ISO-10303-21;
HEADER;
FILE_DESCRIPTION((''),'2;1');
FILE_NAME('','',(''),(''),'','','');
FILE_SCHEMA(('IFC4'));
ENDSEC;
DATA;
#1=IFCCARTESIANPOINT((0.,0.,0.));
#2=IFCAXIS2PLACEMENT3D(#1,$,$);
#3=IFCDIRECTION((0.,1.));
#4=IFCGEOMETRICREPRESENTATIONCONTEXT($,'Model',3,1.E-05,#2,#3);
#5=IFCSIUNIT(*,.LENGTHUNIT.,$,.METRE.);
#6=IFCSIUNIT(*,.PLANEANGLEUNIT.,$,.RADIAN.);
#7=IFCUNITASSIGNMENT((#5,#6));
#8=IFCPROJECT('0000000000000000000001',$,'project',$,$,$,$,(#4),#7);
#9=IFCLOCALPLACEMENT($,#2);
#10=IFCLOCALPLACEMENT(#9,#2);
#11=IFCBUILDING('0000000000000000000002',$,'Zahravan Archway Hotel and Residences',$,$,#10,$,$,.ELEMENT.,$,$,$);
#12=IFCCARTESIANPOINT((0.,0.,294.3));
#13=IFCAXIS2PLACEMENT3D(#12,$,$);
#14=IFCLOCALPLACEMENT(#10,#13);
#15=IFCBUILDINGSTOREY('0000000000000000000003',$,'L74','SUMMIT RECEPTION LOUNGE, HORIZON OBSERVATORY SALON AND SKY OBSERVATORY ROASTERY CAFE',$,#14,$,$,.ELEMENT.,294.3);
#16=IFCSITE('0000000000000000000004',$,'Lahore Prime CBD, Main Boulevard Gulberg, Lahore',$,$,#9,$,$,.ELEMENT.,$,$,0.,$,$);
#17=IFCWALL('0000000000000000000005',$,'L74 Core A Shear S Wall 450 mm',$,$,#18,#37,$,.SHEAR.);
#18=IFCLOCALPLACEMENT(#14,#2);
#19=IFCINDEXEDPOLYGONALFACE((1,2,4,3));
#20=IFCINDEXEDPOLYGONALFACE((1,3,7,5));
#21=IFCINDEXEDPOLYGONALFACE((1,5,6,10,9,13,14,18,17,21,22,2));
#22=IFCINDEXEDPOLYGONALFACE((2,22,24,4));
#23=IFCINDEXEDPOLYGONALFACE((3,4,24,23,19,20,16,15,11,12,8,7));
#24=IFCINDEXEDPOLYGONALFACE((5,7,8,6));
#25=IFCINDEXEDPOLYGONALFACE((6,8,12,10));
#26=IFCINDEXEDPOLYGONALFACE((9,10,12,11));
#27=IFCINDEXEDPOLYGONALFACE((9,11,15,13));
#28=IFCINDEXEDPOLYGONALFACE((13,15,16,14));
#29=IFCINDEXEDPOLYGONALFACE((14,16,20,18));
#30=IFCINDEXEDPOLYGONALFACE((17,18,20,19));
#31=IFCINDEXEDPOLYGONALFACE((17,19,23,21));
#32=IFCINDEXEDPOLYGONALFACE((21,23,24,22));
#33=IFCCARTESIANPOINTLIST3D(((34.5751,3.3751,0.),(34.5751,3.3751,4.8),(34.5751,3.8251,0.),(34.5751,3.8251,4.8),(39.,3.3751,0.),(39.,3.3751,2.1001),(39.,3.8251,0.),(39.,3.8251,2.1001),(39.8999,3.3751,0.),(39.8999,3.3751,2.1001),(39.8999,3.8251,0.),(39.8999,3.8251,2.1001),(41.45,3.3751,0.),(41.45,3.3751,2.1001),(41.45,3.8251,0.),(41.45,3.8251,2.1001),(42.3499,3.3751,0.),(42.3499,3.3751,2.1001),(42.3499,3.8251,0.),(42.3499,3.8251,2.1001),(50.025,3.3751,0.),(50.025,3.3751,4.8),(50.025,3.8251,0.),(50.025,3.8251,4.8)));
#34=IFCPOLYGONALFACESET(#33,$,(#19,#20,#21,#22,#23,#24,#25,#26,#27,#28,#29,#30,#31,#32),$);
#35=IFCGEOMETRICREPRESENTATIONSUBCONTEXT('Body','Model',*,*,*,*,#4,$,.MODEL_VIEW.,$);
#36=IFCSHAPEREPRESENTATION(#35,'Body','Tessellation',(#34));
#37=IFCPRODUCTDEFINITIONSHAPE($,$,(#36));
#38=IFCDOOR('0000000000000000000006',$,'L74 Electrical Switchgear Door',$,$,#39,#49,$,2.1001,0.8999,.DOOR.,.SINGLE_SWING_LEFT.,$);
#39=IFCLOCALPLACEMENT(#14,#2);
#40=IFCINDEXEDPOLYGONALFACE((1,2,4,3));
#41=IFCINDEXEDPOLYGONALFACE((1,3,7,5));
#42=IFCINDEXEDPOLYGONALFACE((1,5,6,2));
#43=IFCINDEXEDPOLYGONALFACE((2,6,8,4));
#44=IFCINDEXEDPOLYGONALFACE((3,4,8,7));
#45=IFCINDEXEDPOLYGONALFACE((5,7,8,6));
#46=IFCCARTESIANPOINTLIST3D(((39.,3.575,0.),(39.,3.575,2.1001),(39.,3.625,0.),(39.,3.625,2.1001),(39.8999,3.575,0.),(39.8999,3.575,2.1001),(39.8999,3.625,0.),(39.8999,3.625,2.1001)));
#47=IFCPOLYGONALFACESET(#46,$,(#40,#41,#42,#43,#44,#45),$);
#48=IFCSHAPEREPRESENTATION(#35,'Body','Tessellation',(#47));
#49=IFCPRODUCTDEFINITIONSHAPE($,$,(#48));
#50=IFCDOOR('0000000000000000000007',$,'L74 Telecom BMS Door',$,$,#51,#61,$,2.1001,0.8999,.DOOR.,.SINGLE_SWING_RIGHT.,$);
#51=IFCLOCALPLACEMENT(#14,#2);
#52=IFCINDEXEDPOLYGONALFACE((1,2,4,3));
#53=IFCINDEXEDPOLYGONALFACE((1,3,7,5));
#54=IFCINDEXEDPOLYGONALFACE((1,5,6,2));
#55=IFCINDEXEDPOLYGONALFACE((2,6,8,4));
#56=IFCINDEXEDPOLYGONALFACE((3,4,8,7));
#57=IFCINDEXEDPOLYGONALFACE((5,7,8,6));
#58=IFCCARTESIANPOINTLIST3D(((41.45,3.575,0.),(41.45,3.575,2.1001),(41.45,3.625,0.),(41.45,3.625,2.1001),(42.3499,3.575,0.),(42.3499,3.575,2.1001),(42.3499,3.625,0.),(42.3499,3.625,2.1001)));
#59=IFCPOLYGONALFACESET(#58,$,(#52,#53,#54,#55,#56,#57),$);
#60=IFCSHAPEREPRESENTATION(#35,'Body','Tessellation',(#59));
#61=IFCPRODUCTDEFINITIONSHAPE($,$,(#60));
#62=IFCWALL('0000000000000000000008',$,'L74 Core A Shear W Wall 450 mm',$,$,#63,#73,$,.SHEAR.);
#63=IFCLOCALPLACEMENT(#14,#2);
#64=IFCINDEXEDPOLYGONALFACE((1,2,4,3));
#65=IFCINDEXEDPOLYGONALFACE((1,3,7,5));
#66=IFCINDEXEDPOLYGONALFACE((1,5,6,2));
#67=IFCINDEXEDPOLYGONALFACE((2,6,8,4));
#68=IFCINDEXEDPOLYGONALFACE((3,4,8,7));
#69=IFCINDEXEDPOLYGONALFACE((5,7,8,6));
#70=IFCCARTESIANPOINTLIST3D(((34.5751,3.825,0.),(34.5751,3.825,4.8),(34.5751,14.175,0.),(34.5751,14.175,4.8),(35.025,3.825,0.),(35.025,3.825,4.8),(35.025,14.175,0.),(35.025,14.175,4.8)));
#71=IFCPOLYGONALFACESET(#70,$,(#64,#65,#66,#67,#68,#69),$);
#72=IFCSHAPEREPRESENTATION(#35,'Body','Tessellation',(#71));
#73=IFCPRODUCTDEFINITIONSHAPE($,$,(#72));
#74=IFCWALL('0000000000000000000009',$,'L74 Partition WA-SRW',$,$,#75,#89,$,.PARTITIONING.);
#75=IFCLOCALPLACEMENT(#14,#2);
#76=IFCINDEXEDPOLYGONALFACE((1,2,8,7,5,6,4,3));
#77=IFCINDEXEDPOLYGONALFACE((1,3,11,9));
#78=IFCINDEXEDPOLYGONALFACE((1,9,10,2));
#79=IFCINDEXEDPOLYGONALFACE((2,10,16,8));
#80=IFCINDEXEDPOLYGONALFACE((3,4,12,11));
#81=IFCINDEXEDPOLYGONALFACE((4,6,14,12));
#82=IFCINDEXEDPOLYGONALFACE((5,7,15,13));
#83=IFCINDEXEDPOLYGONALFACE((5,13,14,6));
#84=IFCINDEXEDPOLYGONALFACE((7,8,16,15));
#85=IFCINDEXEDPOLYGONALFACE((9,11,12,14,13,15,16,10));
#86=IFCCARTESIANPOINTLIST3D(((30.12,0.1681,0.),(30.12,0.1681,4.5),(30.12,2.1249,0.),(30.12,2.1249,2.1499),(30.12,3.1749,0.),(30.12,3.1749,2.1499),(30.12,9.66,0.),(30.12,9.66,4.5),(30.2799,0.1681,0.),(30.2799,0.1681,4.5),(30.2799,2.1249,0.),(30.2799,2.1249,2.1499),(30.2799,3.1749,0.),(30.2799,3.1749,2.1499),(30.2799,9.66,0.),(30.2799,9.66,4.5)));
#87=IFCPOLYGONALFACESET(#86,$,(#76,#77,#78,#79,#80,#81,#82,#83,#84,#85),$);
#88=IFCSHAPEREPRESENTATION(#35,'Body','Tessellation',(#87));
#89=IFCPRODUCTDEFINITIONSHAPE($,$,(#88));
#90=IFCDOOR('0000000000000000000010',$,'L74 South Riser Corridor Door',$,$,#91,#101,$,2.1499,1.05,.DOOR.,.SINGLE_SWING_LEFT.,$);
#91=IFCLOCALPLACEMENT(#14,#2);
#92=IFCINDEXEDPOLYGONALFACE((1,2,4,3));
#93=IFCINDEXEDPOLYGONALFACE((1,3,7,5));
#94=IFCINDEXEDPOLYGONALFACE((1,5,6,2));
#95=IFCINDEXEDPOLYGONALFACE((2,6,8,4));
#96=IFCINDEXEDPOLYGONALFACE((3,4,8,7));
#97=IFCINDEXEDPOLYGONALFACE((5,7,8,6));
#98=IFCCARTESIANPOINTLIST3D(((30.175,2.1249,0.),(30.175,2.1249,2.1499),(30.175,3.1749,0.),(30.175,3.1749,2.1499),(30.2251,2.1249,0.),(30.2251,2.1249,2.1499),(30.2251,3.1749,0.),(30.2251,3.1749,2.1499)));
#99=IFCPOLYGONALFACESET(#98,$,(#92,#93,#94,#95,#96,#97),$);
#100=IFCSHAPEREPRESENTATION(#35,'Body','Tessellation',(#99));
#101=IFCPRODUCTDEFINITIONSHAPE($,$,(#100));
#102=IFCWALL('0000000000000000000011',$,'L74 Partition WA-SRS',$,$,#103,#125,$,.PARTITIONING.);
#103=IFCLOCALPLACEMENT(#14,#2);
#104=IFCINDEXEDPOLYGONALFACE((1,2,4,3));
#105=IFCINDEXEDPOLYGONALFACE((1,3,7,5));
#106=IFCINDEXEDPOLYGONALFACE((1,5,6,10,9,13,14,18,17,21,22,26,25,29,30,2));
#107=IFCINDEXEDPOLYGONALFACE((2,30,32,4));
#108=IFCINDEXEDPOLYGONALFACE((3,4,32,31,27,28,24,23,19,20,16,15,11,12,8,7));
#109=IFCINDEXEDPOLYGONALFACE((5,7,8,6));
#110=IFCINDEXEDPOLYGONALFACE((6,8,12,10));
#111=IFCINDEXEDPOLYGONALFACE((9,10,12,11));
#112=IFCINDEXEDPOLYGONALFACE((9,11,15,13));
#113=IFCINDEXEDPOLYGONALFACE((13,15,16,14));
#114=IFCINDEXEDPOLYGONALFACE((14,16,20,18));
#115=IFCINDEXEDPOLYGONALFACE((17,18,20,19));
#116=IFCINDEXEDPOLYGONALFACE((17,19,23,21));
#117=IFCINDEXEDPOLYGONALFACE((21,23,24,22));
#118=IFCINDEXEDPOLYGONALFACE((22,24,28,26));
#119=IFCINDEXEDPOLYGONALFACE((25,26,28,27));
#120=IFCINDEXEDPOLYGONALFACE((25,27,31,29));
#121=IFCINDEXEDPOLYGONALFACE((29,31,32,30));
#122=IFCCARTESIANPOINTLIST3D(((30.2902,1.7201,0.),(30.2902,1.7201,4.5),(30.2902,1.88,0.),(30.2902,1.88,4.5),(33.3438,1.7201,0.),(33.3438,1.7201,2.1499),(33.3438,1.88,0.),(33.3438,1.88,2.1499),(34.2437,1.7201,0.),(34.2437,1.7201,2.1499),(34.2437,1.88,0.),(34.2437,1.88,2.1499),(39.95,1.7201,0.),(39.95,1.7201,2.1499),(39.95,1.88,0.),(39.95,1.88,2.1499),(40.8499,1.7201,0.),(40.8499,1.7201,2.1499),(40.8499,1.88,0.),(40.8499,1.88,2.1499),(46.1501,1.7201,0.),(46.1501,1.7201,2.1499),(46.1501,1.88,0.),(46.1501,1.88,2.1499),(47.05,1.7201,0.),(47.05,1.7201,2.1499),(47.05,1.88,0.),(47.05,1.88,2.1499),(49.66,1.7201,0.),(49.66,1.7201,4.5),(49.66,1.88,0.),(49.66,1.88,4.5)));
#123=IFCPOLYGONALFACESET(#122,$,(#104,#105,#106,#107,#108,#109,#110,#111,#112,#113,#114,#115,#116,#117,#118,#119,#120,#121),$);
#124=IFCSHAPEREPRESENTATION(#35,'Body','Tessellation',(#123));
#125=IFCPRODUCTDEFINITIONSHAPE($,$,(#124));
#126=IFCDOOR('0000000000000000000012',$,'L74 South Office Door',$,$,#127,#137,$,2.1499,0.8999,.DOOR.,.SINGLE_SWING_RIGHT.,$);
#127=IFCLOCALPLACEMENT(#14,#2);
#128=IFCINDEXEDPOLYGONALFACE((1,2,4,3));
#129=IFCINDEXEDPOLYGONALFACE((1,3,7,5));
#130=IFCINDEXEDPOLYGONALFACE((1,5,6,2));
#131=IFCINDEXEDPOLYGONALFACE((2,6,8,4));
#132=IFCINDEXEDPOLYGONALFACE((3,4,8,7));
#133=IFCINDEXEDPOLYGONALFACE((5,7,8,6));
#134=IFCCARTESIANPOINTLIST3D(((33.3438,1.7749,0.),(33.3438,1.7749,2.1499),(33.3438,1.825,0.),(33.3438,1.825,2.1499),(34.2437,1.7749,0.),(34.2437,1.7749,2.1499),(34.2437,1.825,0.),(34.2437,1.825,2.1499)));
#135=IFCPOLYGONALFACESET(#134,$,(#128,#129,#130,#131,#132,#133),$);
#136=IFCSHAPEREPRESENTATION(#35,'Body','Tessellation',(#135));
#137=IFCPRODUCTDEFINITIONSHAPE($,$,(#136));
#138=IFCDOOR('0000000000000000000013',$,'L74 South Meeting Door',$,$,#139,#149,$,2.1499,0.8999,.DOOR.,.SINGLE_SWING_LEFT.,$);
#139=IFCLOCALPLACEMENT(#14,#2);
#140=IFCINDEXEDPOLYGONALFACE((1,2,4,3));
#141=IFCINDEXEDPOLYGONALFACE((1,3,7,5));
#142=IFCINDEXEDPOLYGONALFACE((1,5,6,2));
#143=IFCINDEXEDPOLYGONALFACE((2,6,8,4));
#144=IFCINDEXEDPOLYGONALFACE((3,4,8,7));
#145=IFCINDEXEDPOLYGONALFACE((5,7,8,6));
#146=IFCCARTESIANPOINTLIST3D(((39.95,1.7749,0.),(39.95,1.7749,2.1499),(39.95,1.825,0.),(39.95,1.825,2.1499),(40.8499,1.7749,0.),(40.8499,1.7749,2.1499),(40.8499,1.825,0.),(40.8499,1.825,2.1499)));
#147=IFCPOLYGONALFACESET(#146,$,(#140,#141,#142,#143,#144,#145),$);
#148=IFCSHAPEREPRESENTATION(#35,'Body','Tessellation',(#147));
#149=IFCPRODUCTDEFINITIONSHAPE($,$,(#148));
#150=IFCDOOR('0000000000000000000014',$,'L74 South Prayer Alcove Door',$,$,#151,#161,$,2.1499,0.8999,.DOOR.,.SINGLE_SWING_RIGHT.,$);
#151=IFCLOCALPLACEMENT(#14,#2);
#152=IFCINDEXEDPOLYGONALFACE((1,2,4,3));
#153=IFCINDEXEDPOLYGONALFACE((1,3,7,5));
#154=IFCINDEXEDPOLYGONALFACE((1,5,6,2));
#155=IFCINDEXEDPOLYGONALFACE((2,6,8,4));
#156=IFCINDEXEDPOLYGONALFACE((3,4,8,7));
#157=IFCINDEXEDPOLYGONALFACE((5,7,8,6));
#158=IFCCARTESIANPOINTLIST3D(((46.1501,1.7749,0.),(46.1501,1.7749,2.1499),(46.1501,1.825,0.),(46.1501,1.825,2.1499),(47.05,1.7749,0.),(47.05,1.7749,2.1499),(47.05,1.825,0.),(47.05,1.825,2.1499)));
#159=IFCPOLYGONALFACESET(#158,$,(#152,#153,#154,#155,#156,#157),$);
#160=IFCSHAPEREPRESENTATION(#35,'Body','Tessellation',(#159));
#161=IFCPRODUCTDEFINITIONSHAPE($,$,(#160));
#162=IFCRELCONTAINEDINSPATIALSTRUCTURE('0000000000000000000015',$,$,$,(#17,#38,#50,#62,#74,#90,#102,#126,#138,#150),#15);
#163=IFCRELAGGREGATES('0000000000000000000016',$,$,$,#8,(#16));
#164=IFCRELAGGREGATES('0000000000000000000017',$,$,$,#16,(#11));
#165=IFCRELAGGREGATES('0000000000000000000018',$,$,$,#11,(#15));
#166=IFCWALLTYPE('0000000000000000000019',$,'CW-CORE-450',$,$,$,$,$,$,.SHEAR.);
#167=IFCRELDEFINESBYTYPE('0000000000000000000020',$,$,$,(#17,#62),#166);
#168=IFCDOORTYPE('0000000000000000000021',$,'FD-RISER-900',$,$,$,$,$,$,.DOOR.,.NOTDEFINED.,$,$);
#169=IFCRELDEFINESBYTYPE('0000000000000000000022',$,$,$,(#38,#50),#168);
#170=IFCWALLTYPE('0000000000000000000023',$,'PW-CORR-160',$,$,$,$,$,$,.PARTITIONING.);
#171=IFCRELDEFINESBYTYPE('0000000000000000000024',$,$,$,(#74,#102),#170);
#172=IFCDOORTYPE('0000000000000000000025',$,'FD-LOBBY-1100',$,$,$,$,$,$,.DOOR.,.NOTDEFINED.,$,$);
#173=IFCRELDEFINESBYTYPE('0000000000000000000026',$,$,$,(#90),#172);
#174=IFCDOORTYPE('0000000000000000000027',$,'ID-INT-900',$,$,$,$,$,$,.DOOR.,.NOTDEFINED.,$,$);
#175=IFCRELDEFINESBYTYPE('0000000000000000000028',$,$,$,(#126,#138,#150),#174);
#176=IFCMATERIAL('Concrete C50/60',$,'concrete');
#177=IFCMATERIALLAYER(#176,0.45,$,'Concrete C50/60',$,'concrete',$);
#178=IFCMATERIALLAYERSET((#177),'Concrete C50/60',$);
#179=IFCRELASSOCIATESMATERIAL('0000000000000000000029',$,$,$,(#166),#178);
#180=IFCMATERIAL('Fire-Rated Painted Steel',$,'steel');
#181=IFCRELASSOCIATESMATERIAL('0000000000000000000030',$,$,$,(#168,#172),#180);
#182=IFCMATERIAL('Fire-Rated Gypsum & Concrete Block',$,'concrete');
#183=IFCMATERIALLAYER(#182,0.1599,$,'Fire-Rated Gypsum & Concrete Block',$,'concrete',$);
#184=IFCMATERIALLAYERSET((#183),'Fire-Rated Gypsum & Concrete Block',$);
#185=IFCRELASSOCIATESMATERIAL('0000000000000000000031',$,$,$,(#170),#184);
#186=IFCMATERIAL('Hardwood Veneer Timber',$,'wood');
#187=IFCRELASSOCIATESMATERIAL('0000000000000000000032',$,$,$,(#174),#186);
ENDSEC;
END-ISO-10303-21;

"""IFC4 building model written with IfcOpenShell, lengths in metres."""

from ifc_helpers import new_model, si_unit, direction, frame, frame_2d, origin, place, context, subcontext, project, spatial, rectangle, extrude, source, transform, mapped, material, layer, layer_set, type_object, type_shapes, element, fill, save


model = new_model("IFC4")

# Units and contexts
model_context = context("Model", 3, precision=1e-05, world=origin(), true_north=direction((0.0, 1.0)))
body_context = subcontext(model_context, "Body", "Model", "MODEL_VIEW")
ifc_project = project(units=[si_unit("LENGTHUNIT", "METRE"), si_unit("PLANEANGLEUNIT", "RADIAN")], contexts=[model_context])

# Site, building, storey
site_placement = place(None, origin())
site = spatial("IfcSite", under=ifc_project, at=site_placement, Name="Lahore Prime CBD, Main Boulevard Gulberg, Lahore", CompositionType="ELEMENT", RefElevation=0.0)
building_placement = place(site_placement, origin())
building = spatial("IfcBuilding", under=site, at=building_placement, Name="Zahravan Archway Hotel and Residences", CompositionType="ELEMENT")
storey_placement = place(building_placement, frame((0.0, 0.0, 294.3)))
storey = spatial("IfcBuildingStorey", under=building, at=storey_placement, Name="L74", Description="SUMMIT RECEPTION LOUNGE, HORIZON OBSERVATORY SALON AND SKY OBSERVATORY ROASTERY CAFE", CompositionType="ELEMENT", Elevation=294.3)

# Shared definitions
ifc_material_1 = material(Name="Concrete C50/60", Category="concrete")

# Wall, openings, doors
ifc_layer_1 = layer(ifc_material_1, 0.45, Name="Concrete C50/60", Category="concrete")
ifc_layer_set_1 = layer_set([ifc_layer_1], Name="Concrete C50/60")
wall_type_1 = type_object("IfcWallType", Name="CW-CORE-450", PredefinedType="SHEAR", material=ifc_layer_set_1)
wall_1_placement = place(storey_placement, frame((34.575, 3.6001, 0.0), z_axis=(0.0, 0.0, 1.0), x_axis=(1.0, 0.0, 0.0)))
wall_1 = element("IfcWall", 1, at=wall_1_placement, inside=storey, type_object=wall_type_1, Name="L74 Core A Shear S Wall 450 mm", PredefinedType="SHEAR", context=body_context, shape_type="SweptSolid", body=[
    extrude(rectangle(XDim=15.45, YDim=0.45, at=frame_2d((7.7251, 0.0))), origin(), (0.0, 0.0, 1.0), 4.8),
])
opening_1_placement = place(wall_1_placement, frame((4.425, 0.0, 0.0)))
opening_1 = element("IfcOpeningElement", 2, at=opening_1_placement, cuts=wall_1, PredefinedType="OPENING", context=body_context, shape_type="SweptSolid", body=[
    extrude(rectangle(XDim=0.8999, YDim=2.1001, at=frame_2d((0.45, 1.05))), frame((0.0, 0.2349, 0.0), z_axis=(0.0, -1.0, 0.0), x_axis=(1.0, 0.0, 0.0)), (0.0, 0.0, 1.0), 0.47),
])
opening_2_placement = place(wall_1_placement, frame((6.875, 0.0, 0.0)))
opening_2 = element("IfcOpeningElement", 3, at=opening_2_placement, cuts=wall_1, PredefinedType="OPENING", context=body_context, shape_type="SweptSolid", body=[
    extrude(rectangle(XDim=0.8999, YDim=2.1001, at=frame_2d((0.45, 1.05))), frame((0.0, 0.2349, 0.0), z_axis=(0.0, -1.0, 0.0), x_axis=(1.0, 0.0, 0.0)), (0.0, 0.0, 1.0), 0.47),
])
ifc_material_2 = material(Name="Fire-Rated Painted Steel", Category="steel")
door_type_1 = type_object("IfcDoorType", Name="FD-RISER-900", OperationType="NOTDEFINED", PredefinedType="DOOR", material=ifc_material_2)
shared_shape_1 = source(origin(), body_context, "Body", "SweptSolid", [
    extrude(rectangle(XDim=0.8999, YDim=2.1001, at=frame_2d((0.45, 1.05))), frame((0.0, 0.0249, 0.0), z_axis=(0.0, -1.0, 0.0), x_axis=(1.0, 0.0, 0.0)), (0.0, 0.0, 1.0), 0.05),
])
type_shapes(door_type_1, [shared_shape_1])
door_1_placement = place(opening_1_placement, origin())
door_1 = element("IfcDoor", 4, at=door_1_placement, inside=storey, type_object=door_type_1, Name="L74 Electrical Switchgear Door", OperationType="SINGLE_SWING_LEFT", OverallHeight=2.1001, OverallWidth=0.8999, PredefinedType="DOOR", context=body_context, shape_type="MappedRepresentation", body=[
    mapped(shared_shape_1, transform((0.0, 0.0, 0.0), scale=1.0)),
])
fill(opening_1, door_1)
door_2_placement = place(opening_2_placement, origin())
door_2 = element("IfcDoor", 5, at=door_2_placement, inside=storey, type_object=door_type_1, Name="L74 Telecom BMS Door", OperationType="SINGLE_SWING_RIGHT", OverallHeight=2.1001, OverallWidth=0.8999, PredefinedType="DOOR", context=body_context, shape_type="MappedRepresentation", body=[
    mapped(shared_shape_1, transform((0.0, 0.0, 0.0), scale=1.0)),
])
fill(opening_2, door_2)

# Wall
wall_2_placement = place(storey_placement, frame((34.8, 3.825, 0.0), z_axis=(0.0, 0.0, 1.0), x_axis=(0.0, 1.0, 0.0)))
element("IfcWall", 6, at=wall_2_placement, inside=storey, type_object=wall_type_1, Name="L74 Core A Shear W Wall 450 mm", PredefinedType="SHEAR", context=body_context, shape_type="SweptSolid", body=[
    extrude(rectangle(XDim=10.3501, YDim=0.45, at=frame_2d((5.175, 0.0))), origin(), (0.0, 0.0, 1.0), 4.8),
])

# Wall, opening, door
ifc_material_3 = material(Name="Fire-Rated Gypsum & Concrete Block", Category="concrete")
ifc_layer_2 = layer(ifc_material_3, 0.1599, Name="Fire-Rated Gypsum & Concrete Block", Category="concrete")
ifc_layer_set_2 = layer_set([ifc_layer_2], Name="Fire-Rated Gypsum & Concrete Block")
wall_type_2 = type_object("IfcWallType", Name="PW-CORR-160", PredefinedType="PARTITIONING", material=ifc_layer_set_2)
wall_3_placement = place(storey_placement, frame((30.2, 0.168, 0.0), z_axis=(0.0, 0.0, 1.0), x_axis=(0.0, 1.0, 0.0)))
wall_3 = element("IfcWall", 7, at=wall_3_placement, inside=storey, type_object=wall_type_2, Name="L74 Partition WA-SRW", PredefinedType="PARTITIONING", context=body_context, shape_type="SweptSolid", body=[
    extrude(rectangle(XDim=9.4919, YDim=0.1599, at=frame_2d((4.7461, 0.0))), origin(), (0.0, 0.0, 1.0), 4.5),
])
opening_3_placement = place(wall_3_placement, frame((1.957, 0.0, 0.0)))
opening_3 = element("IfcOpeningElement", 8, at=opening_3_placement, cuts=wall_3, PredefinedType="OPENING", context=body_context, shape_type="SweptSolid", body=[
    extrude(rectangle(XDim=1.05, YDim=2.1499, at=frame_2d((0.5249, 1.075))), frame((0.0, 0.0898, 0.0), z_axis=(0.0, -1.0, 0.0), x_axis=(1.0, 0.0, 0.0)), (0.0, 0.0, 1.0), 0.1799),
])
door_type_2 = type_object("IfcDoorType", Name="FD-LOBBY-1100", OperationType="NOTDEFINED", PredefinedType="DOOR", material=ifc_material_2)
shared_shape_2 = source(origin(), body_context, "Body", "SweptSolid", [
    extrude(rectangle(XDim=1.05, YDim=2.1499, at=frame_2d((0.5249, 1.075))), frame((0.0, 0.0249, 0.0), z_axis=(0.0, -1.0, 0.0), x_axis=(1.0, 0.0, 0.0)), (0.0, 0.0, 1.0), 0.05),
])
type_shapes(door_type_2, [shared_shape_2])
door_3_placement = place(opening_3_placement, origin())
door_3 = element("IfcDoor", 9, at=door_3_placement, inside=storey, type_object=door_type_2, Name="L74 South Riser Corridor Door", OperationType="SINGLE_SWING_LEFT", OverallHeight=2.1499, OverallWidth=1.05, PredefinedType="DOOR", context=body_context, shape_type="MappedRepresentation", body=[
    mapped(shared_shape_2, transform((0.0, 0.0, 0.0), scale=1.0)),
])
fill(opening_3, door_3)

# Wall, openings, doors
wall_4_placement = place(storey_placement, frame((30.29, 1.8, 0.0), z_axis=(0.0, 0.0, 1.0), x_axis=(1.0, 0.0, 0.0)))
wall_4 = element("IfcWall", 10, at=wall_4_placement, inside=storey, type_object=wall_type_2, Name="L74 Partition WA-SRS", PredefinedType="PARTITIONING", context=body_context, shape_type="SweptSolid", body=[
    extrude(rectangle(XDim=19.3699, YDim=0.1599, at=frame_2d((9.6851, 0.0))), origin(), (0.0, 0.0, 1.0), 4.5),
])
opening_4_placement = place(wall_4_placement, frame((3.0537, 0.0, 0.0)))
opening_4 = element("IfcOpeningElement", 11, at=opening_4_placement, cuts=wall_4, PredefinedType="OPENING", context=body_context, shape_type="SweptSolid", body=[
    extrude(rectangle(XDim=0.8999, YDim=2.1499, at=frame_2d((0.45, 1.075))), frame((0.0, 0.0898, 0.0), z_axis=(0.0, -1.0, 0.0), x_axis=(1.0, 0.0, 0.0)), (0.0, 0.0, 1.0), 0.1799),
])
opening_5_placement = place(wall_4_placement, frame((9.6599, 0.0, 0.0)))
opening_5 = element("IfcOpeningElement", 12, at=opening_5_placement, cuts=wall_4, PredefinedType="OPENING", context=body_context, shape_type="SweptSolid", body=[
    extrude(rectangle(XDim=0.8999, YDim=2.1499, at=frame_2d((0.45, 1.075))), frame((0.0, 0.0898, 0.0), z_axis=(0.0, -1.0, 0.0), x_axis=(1.0, 0.0, 0.0)), (0.0, 0.0, 1.0), 0.1799),
])
opening_6_placement = place(wall_4_placement, frame((15.8601, 0.0, 0.0)))
opening_6 = element("IfcOpeningElement", 13, at=opening_6_placement, cuts=wall_4, PredefinedType="OPENING", context=body_context, shape_type="SweptSolid", body=[
    extrude(rectangle(XDim=0.8999, YDim=2.1499, at=frame_2d((0.45, 1.075))), frame((0.0, 0.0898, 0.0), z_axis=(0.0, -1.0, 0.0), x_axis=(1.0, 0.0, 0.0)), (0.0, 0.0, 1.0), 0.1799),
])
ifc_material_4 = material(Name="Hardwood Veneer Timber", Category="wood")
door_type_3 = type_object("IfcDoorType", Name="ID-INT-900", OperationType="NOTDEFINED", PredefinedType="DOOR", material=ifc_material_4)
shared_shape_3 = source(origin(), body_context, "Body", "SweptSolid", [
    extrude(rectangle(XDim=0.8999, YDim=2.1499, at=frame_2d((0.45, 1.075))), frame((0.0, 0.0249, 0.0), z_axis=(0.0, -1.0, 0.0), x_axis=(1.0, 0.0, 0.0)), (0.0, 0.0, 1.0), 0.05),
])
type_shapes(door_type_3, [shared_shape_3])
door_4_placement = place(opening_4_placement, origin())
door_4 = element("IfcDoor", 14, at=door_4_placement, inside=storey, type_object=door_type_3, Name="L74 South Office Door", OperationType="SINGLE_SWING_RIGHT", OverallHeight=2.1499, OverallWidth=0.8999, PredefinedType="DOOR", context=body_context, shape_type="MappedRepresentation", body=[
    mapped(shared_shape_3, transform((0.0, 0.0, 0.0), scale=1.0)),
])
fill(opening_4, door_4)
door_5_placement = place(opening_5_placement, origin())
door_5 = element("IfcDoor", 15, at=door_5_placement, inside=storey, type_object=door_type_3, Name="L74 South Meeting Door", OperationType="SINGLE_SWING_LEFT", OverallHeight=2.1499, OverallWidth=0.8999, PredefinedType="DOOR", context=body_context, shape_type="MappedRepresentation", body=[
    mapped(shared_shape_3, transform((0.0, 0.0, 0.0), scale=1.0)),
])
fill(opening_5, door_5)
door_6_placement = place(opening_6_placement, origin())
door_6 = element("IfcDoor", 16, at=door_6_placement, inside=storey, type_object=door_type_3, Name="L74 South Prayer Alcove Door", OperationType="SINGLE_SWING_RIGHT", OverallHeight=2.1499, OverallWidth=0.8999, PredefinedType="DOOR", context=body_context, shape_type="MappedRepresentation", body=[
    mapped(shared_shape_3, transform((0.0, 0.0, 0.0), scale=1.0)),
])
fill(opening_6, door_6)

save(model, "model.ifc")
